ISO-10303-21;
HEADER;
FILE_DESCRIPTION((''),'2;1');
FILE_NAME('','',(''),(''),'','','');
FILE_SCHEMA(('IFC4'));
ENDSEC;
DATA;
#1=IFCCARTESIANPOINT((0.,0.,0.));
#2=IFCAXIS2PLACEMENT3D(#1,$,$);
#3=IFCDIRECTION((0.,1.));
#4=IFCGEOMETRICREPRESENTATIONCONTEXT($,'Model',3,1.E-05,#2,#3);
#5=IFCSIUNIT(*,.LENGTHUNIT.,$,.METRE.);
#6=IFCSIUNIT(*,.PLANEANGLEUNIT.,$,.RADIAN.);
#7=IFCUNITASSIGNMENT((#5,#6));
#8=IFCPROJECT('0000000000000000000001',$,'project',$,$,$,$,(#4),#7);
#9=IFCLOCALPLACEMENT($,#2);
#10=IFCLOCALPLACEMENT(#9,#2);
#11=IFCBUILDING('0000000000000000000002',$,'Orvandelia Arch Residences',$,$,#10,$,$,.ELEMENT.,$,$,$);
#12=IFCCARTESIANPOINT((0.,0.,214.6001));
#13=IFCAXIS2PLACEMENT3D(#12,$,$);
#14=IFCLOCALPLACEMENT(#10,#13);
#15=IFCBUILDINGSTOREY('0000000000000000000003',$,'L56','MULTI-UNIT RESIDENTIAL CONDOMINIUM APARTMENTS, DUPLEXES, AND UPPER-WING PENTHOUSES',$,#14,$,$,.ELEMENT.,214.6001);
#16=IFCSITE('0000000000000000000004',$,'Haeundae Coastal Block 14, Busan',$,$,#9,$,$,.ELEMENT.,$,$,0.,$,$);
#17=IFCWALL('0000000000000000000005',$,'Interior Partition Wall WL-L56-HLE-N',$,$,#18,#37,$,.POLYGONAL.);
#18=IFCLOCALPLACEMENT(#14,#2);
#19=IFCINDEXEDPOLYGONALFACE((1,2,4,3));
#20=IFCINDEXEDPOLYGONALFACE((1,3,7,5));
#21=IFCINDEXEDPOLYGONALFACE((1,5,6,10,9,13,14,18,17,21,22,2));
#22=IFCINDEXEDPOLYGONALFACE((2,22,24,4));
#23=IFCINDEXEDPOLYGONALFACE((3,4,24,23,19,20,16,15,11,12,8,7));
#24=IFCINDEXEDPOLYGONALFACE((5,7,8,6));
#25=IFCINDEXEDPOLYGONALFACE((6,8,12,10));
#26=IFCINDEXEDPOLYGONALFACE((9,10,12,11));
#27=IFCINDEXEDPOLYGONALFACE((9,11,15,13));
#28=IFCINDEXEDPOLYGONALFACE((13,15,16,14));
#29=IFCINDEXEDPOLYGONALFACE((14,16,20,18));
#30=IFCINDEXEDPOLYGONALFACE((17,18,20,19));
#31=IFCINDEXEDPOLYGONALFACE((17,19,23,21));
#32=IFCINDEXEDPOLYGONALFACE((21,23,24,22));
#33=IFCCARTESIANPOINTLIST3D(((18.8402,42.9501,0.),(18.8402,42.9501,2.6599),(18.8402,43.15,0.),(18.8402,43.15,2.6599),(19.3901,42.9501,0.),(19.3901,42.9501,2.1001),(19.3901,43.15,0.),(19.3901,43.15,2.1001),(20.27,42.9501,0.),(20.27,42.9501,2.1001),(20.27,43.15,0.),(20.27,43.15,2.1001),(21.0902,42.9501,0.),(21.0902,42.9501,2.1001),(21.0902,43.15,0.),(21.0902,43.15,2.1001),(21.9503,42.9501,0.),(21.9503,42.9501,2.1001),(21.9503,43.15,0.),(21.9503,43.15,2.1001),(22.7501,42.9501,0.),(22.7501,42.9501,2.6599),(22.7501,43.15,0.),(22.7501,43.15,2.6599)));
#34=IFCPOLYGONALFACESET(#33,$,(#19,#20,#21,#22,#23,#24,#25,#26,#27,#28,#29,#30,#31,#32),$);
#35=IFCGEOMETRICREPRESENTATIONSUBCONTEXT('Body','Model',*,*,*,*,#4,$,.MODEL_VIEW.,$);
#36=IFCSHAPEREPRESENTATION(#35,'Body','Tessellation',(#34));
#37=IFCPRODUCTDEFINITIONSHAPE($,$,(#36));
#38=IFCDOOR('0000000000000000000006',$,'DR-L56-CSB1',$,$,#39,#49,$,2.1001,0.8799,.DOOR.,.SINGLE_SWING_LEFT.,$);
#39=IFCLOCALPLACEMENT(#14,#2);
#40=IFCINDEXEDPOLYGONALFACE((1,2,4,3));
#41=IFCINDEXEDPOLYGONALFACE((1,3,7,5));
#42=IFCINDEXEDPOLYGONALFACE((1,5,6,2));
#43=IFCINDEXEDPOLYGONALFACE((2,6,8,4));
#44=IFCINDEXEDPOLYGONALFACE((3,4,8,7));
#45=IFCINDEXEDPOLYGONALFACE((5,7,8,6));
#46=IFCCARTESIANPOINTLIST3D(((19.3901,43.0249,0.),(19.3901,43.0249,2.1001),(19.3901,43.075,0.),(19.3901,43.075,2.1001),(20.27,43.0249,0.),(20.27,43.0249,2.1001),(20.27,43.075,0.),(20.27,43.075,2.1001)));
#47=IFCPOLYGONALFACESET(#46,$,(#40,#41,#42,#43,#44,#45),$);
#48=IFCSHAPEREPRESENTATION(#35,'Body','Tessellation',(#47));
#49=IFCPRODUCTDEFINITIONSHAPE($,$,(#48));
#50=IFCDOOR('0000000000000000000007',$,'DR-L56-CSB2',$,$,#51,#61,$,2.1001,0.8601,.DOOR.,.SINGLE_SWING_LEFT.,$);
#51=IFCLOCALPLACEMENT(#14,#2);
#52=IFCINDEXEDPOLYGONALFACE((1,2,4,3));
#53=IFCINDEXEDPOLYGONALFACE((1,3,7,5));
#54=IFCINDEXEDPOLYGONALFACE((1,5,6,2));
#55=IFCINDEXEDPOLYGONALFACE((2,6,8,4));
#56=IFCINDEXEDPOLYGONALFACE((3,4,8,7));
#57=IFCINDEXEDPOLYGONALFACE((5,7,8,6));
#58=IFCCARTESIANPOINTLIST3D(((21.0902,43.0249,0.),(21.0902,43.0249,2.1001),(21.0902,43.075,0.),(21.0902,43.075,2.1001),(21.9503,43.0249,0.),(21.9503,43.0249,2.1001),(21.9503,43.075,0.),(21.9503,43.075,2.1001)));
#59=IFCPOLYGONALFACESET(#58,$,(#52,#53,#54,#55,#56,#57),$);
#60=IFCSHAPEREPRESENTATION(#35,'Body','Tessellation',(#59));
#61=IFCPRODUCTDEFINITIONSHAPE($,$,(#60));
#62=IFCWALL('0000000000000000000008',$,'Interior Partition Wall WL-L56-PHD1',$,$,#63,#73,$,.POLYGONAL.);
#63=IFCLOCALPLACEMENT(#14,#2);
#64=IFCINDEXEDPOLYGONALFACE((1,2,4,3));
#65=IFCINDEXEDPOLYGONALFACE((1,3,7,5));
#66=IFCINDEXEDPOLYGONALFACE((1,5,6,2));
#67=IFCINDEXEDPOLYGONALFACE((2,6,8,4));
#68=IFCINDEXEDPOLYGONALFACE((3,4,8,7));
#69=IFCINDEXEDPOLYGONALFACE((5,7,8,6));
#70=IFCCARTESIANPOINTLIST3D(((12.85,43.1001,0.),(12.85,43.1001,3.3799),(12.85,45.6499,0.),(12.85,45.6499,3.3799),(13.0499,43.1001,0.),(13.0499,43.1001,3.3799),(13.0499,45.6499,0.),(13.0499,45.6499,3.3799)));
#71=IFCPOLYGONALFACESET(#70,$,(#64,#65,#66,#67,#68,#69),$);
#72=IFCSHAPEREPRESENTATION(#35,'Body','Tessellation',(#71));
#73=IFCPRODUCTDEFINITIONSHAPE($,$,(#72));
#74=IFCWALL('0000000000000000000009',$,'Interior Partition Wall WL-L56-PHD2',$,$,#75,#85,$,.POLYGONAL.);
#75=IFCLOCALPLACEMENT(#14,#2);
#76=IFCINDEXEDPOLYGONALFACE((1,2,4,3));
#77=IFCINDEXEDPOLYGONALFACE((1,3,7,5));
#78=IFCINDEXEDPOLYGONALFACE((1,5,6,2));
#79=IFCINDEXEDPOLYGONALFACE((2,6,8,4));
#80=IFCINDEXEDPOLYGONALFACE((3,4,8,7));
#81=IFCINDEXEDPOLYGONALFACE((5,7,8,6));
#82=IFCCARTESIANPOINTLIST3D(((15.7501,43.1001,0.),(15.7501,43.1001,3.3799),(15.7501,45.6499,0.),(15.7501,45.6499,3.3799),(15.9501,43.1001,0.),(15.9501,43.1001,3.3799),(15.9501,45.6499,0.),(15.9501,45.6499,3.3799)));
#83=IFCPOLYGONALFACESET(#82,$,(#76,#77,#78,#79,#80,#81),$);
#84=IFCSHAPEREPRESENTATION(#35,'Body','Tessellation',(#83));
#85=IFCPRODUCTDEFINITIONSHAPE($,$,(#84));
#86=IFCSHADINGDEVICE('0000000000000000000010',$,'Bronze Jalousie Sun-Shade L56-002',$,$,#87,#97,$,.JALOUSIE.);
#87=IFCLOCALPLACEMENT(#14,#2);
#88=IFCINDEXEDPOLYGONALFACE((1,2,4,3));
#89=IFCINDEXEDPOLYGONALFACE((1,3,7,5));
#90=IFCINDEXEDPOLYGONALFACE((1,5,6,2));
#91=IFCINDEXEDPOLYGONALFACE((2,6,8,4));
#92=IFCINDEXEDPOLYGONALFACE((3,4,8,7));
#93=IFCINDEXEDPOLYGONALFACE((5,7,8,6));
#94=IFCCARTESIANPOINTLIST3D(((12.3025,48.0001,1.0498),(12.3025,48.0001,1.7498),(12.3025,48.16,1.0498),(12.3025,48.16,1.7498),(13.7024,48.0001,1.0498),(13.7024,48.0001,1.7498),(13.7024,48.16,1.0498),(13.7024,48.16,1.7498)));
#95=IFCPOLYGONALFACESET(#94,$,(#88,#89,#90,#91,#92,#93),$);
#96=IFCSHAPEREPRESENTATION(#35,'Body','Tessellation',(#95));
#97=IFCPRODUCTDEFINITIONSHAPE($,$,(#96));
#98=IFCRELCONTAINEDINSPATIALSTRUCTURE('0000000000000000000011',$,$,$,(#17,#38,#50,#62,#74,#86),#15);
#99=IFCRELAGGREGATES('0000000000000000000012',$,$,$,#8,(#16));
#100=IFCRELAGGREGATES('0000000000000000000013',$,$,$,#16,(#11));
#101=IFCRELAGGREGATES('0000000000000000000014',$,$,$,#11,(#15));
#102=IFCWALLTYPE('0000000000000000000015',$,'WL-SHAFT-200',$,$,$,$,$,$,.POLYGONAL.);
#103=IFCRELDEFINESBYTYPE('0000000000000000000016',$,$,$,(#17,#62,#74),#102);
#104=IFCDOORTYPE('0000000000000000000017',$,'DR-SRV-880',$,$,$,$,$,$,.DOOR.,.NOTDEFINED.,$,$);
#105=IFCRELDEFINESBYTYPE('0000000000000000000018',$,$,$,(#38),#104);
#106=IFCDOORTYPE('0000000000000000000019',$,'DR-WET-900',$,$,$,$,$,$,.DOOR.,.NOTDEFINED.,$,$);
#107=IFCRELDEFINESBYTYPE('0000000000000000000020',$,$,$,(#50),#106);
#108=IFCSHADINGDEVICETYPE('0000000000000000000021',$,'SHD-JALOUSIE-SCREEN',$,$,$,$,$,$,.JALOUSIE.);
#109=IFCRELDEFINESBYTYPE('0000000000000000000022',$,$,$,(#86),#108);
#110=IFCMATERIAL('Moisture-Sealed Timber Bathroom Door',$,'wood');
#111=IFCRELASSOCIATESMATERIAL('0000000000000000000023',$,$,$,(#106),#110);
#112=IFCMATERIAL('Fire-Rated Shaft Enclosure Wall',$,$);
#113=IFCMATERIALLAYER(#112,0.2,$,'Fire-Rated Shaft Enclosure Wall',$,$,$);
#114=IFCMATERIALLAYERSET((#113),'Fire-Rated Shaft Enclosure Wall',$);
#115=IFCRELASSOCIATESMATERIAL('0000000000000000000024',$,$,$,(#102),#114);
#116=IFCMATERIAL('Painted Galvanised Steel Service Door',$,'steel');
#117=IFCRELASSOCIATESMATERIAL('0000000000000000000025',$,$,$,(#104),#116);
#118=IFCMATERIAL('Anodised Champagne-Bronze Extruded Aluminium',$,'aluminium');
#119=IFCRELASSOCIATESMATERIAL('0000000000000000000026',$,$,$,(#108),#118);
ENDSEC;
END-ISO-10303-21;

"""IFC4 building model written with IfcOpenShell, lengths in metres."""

from ifc_helpers import new_model, si_unit, direction, frame, frame_2d, origin, origin_2d, place, context, subcontext, project, spatial, rectangle, extrude, material, layer, layer_set, type_object, element, fill, save


model = new_model("IFC4")

# Units and contexts
model_context = context("Model", 3, precision=1e-05, world=origin(), true_north=direction((0.0, 1.0)))
body_context = subcontext(model_context, "Body", "Model", "MODEL_VIEW")
ifc_project = project(units=[si_unit("LENGTHUNIT", "METRE"), si_unit("PLANEANGLEUNIT", "RADIAN")], contexts=[model_context])

# Site, building, storey
site_placement = place(None, origin())
site = spatial("IfcSite", under=ifc_project, at=site_placement, Name="Haeundae Coastal Block 14, Busan", CompositionType="ELEMENT", RefElevation=0.0)
building_placement = place(site_placement, origin())
building = spatial("IfcBuilding", under=site, at=building_placement, Name="Orvandelia Arch Residences", CompositionType="ELEMENT")
storey_placement = place(building_placement, frame((0.0, 0.0, 214.6001)))
storey = spatial("IfcBuildingStorey", under=building, at=storey_placement, Name="L56", Description="MULTI-UNIT RESIDENTIAL CONDOMINIUM APARTMENTS, DUPLEXES, AND UPPER-WING PENTHOUSES", CompositionType="ELEMENT", Elevation=214.6001)

# Shared definitions
ifc_material_1 = material(Name="Moisture-Sealed Timber Bathroom Door", Category="wood")
door_type_1 = type_object("IfcDoorType", Name="DR-WET-900", OperationType="NOTDEFINED", PredefinedType="DOOR", material=ifc_material_1)

# Shared definitions
ifc_material_2 = material(Name="Fire-Rated Shaft Enclosure Wall")
ifc_layer_1 = layer(ifc_material_2, 0.2, Name="Fire-Rated Shaft Enclosure Wall")
ifc_layer_set_1 = layer_set([ifc_layer_1], Name="Fire-Rated Shaft Enclosure Wall")
wall_type_1 = type_object("IfcWallType", Name="WL-SHAFT-200", PredefinedType="POLYGONAL", material=ifc_layer_set_1)

# Wall, openings, doors
ifc_material_3 = material(Name="Painted Galvanised Steel Service Door", Category="steel")
door_type_2 = type_object("IfcDoorType", Name="DR-SRV-880", OperationType="NOTDEFINED", PredefinedType="DOOR", material=ifc_material_3)
wall_1_placement = place(storey_placement, frame((18.8401, 43.05, 0.0), z_axis=(0.0, 0.0, 1.0), x_axis=(1.0, 0.0, 0.0)))
wall_1 = element("IfcWall", 1, at=wall_1_placement, inside=storey, type_object=wall_type_1, Name="Interior Partition Wall WL-L56-HLE-N", PredefinedType="POLYGONAL", context=body_context, shape_type="SweptSolid", body=[
    extrude(rectangle(XDim=3.9099, YDim=0.2, at=frame_2d((1.9551, 0.0))), origin(), (0.0, 0.0, 1.0), 2.6599),
])
opening_1_placement = place(wall_1_placement, frame((0.55, 0.0, 0.0)))
opening_1 = element("IfcOpeningElement", 2, at=opening_1_placement, cuts=wall_1, PredefinedType="OPENING", context=body_context, shape_type="SweptSolid", body=[
    extrude(rectangle(XDim=0.8799, YDim=2.1001, at=frame_2d((0.4399, 1.05))), frame((0.0, 0.1099, 0.0), z_axis=(0.0, -1.0, 0.0), x_axis=(1.0, 0.0, 0.0)), (0.0, 0.0, 1.0), 0.22),
])
opening_2_placement = place(wall_1_placement, frame((2.25, 0.0, 0.0)))
opening_2 = element("IfcOpeningElement", 3, at=opening_2_placement, cuts=wall_1, PredefinedType="OPENING", context=body_context, shape_type="SweptSolid", body=[
    extrude(rectangle(XDim=0.8601, YDim=2.1001, at=frame_2d((0.4302, 1.05))), frame((0.0, 0.1099, 0.0), z_axis=(0.0, -1.0, 0.0), x_axis=(1.0, 0.0, 0.0)), (0.0, 0.0, 1.0), 0.22),
])
door_1_placement = place(opening_1_placement, origin())
door_1 = element("IfcDoor", 4, at=door_1_placement, inside=storey, type_object=door_type_2, Name="DR-L56-CSB1", OperationType="SINGLE_SWING_LEFT", OverallHeight=2.1001, OverallWidth=0.8799, PredefinedType="DOOR", context=body_context, shape_type="SweptSolid", body=[
    extrude(rectangle(XDim=0.8799, YDim=2.1001, at=frame_2d((0.4399, 1.05))), frame((0.0, 0.0249, 0.0), z_axis=(0.0, -1.0, 0.0), x_axis=(1.0, 0.0, 0.0)), (0.0, 0.0, 1.0), 0.05),
])
fill(opening_1, door_1)
door_2_placement = place(opening_2_placement, origin())
door_2 = element("IfcDoor", 5, at=door_2_placement, inside=storey, type_object=door_type_1, Name="DR-L56-CSB2", OperationType="SINGLE_SWING_LEFT", OverallHeight=2.1001, OverallWidth=0.8601, PredefinedType="DOOR", context=body_context, shape_type="SweptSolid", body=[
    extrude(rectangle(XDim=0.8601, YDim=2.1001, at=frame_2d((0.4302, 1.05))), frame((0.0, 0.0249, 0.0), z_axis=(0.0, -1.0, 0.0), x_axis=(1.0, 0.0, 0.0)), (0.0, 0.0, 1.0), 0.05),
])
fill(opening_2, door_2)

# Walls
for number, where, z_axis, x_axis, name in (
    (6, (12.95, 43.1001, 0.0), (0.0, 0.0, 1.0), (0.0, 1.0, 0.0), "Interior Partition Wall WL-L56-PHD1"),
    (7, (15.8501, 43.1001, 0.0), (0.0, 0.0, 1.0), (0.0, 1.0, 0.0), "Interior Partition Wall WL-L56-PHD2"),
):
    element("IfcWall", number, at=place(storey_placement, frame(where, z_axis=z_axis, x_axis=x_axis)), inside=storey, type_object=wall_type_1, Name=name, PredefinedType="POLYGONAL", context=body_context, shape_type="SweptSolid", body=[
        extrude(rectangle(XDim=2.5498, YDim=0.2, at=frame_2d((1.2749, 0.0))), origin(), (0.0, 0.0, 1.0), 3.3799),
    ])

# Shading device
ifc_material_4 = material(Name="Anodised Champagne-Bronze Extruded Aluminium", Category="aluminium")
shading_device_type = type_object("IfcShadingDeviceType", Name="SHD-JALOUSIE-SCREEN", PredefinedType="JALOUSIE", material=ifc_material_4)
shading_device_placement = place(storey_placement, frame((13.0024, 48.0801, 1.0498), z_axis=(0.0, 0.0, 1.0), x_axis=(1.0, 0.0, 0.0)))
element("IfcShadingDevice", 8, at=shading_device_placement, inside=storey, type_object=shading_device_type, Name="Bronze Jalousie Sun-Shade L56-002", PredefinedType="JALOUSIE", context=body_context, shape_type="SweptSolid", body=[
    extrude(rectangle(XDim=1.3999, YDim=0.1599, at=origin_2d()), origin(), (0.0, 0.0, 1.0), 0.7),
])

save(model, "model.ifc")
